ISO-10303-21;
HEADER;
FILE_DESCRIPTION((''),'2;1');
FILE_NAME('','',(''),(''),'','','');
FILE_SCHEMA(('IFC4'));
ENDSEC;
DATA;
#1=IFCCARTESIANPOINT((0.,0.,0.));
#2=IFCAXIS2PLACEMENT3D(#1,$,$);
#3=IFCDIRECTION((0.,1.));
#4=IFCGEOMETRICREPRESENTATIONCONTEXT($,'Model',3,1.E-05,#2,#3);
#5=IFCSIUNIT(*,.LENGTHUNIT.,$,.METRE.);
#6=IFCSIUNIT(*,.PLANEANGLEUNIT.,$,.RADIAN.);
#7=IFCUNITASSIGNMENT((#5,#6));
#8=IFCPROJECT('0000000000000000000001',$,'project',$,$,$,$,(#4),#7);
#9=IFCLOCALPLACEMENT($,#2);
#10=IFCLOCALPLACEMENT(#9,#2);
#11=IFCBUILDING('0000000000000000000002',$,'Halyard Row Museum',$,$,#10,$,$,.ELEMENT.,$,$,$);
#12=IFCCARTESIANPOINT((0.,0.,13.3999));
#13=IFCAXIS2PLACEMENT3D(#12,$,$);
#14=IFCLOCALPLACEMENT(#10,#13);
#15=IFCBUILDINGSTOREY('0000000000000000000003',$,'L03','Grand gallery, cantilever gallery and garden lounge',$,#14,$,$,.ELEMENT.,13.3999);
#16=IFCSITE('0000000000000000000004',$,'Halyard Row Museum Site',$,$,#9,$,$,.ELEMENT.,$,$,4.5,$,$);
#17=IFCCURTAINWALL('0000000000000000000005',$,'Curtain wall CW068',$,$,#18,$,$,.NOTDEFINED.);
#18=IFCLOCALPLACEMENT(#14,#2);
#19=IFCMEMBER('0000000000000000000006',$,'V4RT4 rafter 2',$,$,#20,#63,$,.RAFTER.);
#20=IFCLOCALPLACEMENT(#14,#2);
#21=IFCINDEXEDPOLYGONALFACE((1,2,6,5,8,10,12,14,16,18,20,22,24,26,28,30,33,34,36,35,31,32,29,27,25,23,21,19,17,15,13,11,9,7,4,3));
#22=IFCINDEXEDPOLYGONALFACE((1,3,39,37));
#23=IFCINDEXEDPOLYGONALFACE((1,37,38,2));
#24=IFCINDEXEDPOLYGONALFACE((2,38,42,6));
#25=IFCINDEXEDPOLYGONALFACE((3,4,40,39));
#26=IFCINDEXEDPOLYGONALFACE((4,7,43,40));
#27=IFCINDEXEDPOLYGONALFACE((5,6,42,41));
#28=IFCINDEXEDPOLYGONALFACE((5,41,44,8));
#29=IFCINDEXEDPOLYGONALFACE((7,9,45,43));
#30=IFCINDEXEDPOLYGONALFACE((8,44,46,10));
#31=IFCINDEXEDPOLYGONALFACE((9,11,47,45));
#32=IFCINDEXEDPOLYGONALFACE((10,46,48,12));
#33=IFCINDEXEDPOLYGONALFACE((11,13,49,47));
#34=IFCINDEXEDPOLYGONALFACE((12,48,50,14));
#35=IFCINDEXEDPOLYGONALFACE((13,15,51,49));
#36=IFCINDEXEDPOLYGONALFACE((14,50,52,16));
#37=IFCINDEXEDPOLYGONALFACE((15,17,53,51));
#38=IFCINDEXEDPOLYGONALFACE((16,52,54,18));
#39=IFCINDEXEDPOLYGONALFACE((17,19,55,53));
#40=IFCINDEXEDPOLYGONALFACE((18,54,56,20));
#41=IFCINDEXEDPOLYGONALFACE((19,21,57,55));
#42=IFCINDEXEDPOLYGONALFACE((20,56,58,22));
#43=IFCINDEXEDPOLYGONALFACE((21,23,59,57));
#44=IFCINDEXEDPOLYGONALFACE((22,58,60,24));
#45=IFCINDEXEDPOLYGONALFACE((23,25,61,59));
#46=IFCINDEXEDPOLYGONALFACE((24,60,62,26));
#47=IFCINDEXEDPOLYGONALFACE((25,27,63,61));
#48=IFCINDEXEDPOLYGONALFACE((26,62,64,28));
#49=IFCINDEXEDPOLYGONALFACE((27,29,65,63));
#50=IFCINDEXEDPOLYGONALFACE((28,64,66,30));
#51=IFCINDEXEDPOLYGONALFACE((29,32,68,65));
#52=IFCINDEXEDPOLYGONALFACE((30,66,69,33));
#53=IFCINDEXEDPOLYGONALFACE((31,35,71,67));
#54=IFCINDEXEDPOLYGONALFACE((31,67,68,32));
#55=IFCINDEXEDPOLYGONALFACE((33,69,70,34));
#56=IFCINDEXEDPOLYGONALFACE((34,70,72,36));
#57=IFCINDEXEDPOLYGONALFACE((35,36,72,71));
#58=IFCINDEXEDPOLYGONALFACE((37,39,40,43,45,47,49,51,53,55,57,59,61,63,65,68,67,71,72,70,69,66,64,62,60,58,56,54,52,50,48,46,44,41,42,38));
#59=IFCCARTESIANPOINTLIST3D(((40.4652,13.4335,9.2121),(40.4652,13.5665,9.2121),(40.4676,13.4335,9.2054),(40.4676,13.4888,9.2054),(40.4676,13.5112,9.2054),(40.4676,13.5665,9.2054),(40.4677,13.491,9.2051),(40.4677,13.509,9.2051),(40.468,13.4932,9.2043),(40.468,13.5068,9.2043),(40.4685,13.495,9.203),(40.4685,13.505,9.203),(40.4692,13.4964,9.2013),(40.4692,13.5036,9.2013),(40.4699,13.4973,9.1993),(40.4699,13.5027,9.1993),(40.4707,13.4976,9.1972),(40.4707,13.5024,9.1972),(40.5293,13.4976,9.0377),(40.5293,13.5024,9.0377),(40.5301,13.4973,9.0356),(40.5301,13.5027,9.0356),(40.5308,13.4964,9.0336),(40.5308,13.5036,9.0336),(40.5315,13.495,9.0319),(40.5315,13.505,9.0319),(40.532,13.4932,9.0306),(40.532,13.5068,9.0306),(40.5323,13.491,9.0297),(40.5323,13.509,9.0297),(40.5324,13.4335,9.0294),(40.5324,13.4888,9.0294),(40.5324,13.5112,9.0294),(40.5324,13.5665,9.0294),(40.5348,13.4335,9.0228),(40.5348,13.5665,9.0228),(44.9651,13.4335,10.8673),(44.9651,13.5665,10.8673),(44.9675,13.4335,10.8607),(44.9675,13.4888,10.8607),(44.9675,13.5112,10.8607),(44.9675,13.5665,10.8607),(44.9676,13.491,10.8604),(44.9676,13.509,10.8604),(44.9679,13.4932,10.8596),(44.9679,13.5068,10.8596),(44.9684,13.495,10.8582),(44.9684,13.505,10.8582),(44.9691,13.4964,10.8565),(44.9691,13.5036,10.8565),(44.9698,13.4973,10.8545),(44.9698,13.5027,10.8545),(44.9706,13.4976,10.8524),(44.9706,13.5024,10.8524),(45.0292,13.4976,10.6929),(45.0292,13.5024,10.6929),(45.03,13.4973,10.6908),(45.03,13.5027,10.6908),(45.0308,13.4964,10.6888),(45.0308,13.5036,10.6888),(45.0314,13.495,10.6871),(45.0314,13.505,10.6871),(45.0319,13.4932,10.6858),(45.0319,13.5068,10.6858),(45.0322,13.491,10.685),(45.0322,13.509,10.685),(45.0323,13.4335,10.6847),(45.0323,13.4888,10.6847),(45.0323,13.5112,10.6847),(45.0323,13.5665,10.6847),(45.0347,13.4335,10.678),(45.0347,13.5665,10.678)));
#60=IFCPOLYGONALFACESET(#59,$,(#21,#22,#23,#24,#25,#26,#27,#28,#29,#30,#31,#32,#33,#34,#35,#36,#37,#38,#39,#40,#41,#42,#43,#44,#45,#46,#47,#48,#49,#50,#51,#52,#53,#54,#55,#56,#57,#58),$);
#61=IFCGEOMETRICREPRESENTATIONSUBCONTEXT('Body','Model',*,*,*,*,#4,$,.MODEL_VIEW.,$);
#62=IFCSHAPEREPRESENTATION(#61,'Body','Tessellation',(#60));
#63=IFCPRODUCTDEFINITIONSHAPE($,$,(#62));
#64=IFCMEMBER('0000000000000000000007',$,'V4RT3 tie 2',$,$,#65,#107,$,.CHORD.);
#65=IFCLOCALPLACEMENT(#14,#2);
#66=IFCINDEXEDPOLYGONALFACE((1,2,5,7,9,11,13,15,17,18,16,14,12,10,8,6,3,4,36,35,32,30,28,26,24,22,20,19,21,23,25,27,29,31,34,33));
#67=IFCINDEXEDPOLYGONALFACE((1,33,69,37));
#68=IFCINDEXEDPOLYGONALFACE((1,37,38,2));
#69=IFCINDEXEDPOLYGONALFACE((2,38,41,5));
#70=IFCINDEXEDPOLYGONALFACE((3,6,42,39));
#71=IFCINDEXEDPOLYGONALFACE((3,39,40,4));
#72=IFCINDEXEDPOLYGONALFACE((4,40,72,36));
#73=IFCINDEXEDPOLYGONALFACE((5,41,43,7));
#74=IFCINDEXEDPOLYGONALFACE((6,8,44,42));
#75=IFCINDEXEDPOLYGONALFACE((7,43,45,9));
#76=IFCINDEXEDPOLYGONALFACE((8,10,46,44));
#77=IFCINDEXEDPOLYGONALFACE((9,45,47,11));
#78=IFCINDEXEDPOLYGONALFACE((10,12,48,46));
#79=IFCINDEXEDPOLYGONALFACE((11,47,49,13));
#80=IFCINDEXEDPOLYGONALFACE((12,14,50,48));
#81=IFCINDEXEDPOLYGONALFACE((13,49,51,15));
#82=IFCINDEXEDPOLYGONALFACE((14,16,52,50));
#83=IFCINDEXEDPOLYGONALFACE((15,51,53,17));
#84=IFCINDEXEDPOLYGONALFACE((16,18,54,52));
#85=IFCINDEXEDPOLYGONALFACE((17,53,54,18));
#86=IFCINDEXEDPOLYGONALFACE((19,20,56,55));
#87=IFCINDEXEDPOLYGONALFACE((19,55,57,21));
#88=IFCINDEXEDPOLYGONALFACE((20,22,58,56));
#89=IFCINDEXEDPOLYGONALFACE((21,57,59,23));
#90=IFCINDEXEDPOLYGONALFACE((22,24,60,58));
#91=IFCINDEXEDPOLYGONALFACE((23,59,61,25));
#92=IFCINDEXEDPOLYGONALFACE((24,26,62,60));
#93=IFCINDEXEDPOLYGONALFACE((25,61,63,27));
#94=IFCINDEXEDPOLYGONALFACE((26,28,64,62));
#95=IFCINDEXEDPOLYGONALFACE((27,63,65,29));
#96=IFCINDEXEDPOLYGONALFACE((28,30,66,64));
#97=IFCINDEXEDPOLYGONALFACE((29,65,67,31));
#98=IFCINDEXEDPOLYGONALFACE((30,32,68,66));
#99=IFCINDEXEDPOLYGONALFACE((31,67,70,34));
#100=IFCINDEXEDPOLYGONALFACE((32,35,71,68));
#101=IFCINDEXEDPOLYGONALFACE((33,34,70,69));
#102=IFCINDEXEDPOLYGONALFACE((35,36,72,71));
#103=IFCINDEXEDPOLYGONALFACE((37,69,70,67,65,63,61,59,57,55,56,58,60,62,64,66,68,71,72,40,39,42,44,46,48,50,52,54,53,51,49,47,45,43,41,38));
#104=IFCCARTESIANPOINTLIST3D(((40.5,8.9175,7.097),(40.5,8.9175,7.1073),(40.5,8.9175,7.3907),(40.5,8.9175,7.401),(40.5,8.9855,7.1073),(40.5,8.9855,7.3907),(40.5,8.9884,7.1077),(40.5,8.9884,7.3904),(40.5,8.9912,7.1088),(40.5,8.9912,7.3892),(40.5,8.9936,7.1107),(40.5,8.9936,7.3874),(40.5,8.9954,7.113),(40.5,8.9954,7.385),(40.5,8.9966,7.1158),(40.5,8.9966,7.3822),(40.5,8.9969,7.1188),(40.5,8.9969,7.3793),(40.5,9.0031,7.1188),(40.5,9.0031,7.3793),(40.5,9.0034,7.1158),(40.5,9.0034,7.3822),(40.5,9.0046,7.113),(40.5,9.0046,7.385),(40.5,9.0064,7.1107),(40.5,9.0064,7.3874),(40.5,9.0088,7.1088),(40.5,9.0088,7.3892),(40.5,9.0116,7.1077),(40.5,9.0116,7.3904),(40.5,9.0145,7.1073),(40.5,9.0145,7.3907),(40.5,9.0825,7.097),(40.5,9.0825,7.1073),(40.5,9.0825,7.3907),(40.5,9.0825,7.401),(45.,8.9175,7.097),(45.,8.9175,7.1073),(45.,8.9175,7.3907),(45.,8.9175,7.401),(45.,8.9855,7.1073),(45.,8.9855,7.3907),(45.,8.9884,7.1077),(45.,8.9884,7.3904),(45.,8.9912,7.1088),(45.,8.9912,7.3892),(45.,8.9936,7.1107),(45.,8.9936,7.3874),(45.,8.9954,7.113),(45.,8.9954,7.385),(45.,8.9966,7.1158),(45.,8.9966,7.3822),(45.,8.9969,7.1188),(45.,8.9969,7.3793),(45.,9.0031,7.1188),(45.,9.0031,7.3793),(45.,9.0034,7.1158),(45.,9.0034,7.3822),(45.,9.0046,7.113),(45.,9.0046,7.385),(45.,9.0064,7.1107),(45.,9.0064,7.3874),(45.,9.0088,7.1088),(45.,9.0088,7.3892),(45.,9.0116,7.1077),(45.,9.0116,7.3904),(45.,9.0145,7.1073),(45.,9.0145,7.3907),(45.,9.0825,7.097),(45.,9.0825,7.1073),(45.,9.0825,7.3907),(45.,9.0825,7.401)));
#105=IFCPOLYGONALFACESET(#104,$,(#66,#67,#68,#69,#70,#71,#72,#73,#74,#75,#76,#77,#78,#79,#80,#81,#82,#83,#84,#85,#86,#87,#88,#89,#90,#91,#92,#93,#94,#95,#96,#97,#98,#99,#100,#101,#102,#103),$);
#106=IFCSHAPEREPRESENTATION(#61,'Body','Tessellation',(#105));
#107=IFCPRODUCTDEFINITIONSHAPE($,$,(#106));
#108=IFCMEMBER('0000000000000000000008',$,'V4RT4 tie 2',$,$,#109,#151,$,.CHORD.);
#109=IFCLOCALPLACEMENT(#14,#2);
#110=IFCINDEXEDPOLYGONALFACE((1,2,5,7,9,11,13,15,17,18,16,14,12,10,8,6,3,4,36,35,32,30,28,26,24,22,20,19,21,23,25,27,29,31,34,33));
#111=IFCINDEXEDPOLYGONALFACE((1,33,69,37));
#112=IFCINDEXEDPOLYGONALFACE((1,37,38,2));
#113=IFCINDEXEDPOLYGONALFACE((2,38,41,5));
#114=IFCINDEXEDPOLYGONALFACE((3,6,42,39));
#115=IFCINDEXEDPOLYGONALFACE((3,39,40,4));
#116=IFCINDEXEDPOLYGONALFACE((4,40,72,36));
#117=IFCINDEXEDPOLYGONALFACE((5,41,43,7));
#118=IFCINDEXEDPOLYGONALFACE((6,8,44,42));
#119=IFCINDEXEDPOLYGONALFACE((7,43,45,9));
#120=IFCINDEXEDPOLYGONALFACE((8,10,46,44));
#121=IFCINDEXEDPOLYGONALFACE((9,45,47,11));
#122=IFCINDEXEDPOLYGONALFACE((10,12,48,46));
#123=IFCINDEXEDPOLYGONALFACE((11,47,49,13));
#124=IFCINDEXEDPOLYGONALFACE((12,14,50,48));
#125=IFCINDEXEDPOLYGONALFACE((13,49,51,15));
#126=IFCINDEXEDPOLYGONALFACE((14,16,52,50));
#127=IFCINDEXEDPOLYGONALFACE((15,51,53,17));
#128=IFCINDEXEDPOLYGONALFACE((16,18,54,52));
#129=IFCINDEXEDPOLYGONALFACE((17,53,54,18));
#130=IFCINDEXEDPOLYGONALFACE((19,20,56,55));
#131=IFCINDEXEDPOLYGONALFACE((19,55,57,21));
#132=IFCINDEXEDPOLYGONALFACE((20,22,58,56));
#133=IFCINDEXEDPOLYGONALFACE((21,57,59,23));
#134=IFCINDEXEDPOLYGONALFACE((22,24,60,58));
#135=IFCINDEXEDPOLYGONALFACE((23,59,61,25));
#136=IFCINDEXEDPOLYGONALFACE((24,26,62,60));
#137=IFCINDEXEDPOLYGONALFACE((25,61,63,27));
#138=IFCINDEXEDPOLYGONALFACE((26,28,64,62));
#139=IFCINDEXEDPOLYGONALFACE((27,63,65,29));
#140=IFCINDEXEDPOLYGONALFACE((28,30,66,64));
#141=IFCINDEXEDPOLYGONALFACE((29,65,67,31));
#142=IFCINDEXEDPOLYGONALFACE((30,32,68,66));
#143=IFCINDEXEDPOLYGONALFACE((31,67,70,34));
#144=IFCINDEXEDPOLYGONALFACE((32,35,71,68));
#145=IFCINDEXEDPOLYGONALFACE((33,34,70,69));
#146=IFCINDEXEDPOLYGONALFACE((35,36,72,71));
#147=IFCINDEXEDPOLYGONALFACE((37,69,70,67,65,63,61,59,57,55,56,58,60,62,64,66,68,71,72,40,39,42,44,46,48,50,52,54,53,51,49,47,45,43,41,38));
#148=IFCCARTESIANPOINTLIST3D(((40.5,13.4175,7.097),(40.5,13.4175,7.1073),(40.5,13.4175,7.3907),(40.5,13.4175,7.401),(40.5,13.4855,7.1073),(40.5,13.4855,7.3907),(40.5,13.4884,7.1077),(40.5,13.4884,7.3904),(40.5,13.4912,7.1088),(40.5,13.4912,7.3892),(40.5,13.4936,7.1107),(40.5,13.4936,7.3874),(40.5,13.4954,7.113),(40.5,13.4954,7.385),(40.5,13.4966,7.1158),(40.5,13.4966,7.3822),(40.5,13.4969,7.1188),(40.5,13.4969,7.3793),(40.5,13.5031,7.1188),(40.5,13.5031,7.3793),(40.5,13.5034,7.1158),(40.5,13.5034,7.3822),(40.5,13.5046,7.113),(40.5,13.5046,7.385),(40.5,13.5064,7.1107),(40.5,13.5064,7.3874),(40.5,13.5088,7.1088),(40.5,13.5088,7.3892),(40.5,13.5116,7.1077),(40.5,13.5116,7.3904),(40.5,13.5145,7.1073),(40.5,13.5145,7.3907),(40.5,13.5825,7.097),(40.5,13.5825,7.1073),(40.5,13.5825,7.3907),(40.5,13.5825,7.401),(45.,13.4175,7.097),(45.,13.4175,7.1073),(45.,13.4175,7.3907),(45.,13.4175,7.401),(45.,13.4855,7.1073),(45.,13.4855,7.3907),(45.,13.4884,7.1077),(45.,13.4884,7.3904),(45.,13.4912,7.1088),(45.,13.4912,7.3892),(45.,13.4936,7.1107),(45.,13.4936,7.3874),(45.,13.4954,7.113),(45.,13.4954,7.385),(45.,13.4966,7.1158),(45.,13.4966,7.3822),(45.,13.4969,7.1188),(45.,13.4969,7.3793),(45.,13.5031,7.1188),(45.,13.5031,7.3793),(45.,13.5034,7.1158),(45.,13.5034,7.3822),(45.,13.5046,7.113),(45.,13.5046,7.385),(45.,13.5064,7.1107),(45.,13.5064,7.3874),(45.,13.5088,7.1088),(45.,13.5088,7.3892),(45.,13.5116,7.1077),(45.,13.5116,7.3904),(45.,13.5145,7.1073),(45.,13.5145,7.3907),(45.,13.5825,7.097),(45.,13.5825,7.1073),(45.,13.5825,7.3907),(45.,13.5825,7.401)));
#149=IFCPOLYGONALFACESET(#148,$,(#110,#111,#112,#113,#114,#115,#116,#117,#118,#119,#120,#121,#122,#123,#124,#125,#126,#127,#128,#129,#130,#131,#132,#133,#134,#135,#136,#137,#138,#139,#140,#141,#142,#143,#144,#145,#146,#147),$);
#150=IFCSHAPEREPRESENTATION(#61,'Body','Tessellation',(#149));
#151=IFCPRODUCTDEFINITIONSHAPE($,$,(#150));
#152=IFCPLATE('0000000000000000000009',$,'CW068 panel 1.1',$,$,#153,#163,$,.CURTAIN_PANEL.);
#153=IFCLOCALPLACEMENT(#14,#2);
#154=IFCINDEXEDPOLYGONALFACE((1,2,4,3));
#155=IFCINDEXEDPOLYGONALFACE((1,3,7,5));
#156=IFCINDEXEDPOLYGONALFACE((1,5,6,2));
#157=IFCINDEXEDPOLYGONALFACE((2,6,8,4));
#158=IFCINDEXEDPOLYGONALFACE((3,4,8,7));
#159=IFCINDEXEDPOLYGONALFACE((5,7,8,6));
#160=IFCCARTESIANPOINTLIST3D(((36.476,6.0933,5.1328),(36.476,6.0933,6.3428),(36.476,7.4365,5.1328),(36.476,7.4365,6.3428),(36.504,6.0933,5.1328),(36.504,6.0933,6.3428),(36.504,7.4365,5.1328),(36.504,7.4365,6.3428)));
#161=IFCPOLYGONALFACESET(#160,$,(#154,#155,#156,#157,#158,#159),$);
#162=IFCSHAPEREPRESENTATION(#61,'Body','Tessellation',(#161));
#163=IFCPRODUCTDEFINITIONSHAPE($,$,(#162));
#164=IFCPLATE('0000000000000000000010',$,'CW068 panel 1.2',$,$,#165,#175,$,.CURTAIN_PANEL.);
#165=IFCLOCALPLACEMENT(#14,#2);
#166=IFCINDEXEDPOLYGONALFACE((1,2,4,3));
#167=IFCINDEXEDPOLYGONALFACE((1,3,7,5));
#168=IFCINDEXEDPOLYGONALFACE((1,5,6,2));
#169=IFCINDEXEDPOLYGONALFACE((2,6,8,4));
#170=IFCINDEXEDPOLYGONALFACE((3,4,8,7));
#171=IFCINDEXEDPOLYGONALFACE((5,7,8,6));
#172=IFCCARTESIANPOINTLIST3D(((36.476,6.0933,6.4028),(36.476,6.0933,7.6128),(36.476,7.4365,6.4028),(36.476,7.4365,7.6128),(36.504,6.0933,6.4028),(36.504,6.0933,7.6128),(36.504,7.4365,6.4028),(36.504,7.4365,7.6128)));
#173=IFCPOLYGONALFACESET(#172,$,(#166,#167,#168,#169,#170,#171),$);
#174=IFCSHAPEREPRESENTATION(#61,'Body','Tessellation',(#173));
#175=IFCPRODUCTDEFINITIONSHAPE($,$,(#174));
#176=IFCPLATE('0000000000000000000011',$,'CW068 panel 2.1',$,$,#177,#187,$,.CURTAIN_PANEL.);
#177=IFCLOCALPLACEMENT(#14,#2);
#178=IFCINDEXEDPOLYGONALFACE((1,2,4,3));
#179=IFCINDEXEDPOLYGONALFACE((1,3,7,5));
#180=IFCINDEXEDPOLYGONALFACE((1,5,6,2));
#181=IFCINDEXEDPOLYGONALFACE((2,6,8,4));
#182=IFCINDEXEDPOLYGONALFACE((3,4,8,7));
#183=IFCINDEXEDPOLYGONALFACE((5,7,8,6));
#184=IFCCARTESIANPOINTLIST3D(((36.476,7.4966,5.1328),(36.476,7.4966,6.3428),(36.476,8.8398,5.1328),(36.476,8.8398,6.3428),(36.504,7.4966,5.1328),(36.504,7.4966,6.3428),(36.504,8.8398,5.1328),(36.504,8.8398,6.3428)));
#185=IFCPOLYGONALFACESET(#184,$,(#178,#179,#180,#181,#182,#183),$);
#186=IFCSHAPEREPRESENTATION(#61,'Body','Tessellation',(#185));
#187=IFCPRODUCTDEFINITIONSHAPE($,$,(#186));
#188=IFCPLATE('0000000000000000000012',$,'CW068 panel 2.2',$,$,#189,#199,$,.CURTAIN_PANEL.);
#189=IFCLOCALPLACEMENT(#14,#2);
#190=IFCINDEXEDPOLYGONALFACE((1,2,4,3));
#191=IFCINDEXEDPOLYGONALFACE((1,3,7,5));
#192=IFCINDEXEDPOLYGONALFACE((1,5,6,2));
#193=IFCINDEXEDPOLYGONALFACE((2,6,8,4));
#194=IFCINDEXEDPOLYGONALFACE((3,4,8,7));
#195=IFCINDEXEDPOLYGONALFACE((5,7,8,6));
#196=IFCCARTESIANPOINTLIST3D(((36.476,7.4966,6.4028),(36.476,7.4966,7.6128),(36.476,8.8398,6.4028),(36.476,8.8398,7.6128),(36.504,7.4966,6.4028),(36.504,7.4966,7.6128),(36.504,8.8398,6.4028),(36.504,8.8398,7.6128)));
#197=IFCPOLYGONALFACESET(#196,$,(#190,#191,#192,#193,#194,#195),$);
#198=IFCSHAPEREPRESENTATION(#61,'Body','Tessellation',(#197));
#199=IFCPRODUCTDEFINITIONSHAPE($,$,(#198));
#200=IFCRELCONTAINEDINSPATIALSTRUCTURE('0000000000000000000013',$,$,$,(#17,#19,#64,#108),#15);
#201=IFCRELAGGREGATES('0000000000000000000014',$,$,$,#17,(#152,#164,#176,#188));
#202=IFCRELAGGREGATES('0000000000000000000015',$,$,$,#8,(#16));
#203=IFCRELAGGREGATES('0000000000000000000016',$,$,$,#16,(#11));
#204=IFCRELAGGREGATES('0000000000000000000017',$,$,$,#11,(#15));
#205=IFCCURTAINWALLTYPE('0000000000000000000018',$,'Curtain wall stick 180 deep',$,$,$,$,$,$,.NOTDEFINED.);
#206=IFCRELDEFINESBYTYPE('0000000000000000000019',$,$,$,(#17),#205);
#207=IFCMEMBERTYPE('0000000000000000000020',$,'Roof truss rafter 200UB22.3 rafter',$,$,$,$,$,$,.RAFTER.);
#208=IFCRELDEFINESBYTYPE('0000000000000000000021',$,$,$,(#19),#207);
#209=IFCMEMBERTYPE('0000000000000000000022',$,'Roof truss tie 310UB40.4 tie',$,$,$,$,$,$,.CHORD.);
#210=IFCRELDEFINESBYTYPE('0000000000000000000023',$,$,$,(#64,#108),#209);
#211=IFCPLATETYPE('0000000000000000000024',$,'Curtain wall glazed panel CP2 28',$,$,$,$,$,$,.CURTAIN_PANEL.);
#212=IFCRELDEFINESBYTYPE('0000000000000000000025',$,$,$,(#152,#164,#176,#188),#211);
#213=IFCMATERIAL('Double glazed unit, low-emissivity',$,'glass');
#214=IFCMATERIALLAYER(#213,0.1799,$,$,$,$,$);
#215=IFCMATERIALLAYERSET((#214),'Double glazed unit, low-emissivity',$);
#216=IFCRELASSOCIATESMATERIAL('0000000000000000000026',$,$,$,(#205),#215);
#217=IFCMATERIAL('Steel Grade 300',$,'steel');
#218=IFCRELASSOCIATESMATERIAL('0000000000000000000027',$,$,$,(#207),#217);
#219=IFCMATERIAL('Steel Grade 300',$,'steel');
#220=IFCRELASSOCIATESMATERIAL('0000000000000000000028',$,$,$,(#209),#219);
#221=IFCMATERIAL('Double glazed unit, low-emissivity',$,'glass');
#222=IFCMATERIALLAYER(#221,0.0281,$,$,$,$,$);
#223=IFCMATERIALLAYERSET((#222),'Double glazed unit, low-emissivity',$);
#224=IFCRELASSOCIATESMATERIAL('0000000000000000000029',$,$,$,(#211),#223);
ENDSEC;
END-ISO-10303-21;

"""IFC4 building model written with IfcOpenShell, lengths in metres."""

from ifc_helpers import new_model, si_unit, direction, frame, origin, origin_2d, place, context, subcontext, project, spatial, rectangle, i_section, extrude, material, layer, layer_set, material_profile, profile_set, type_object, element, aggregate, save


model = new_model("IFC4")

# Units and contexts
model_context = context("Model", 3, precision=1e-05, world=origin(), true_north=direction((0.0, 1.0)))
body_context = subcontext(model_context, "Body", "Model", "MODEL_VIEW")
ifc_project = project(units=[si_unit("LENGTHUNIT", "METRE"), si_unit("PLANEANGLEUNIT", "RADIAN")], contexts=[model_context])

# Site, building, storey
site_placement = place(None, origin())
site = spatial("IfcSite", under=ifc_project, at=site_placement, Name="Halyard Row Museum Site", CompositionType="ELEMENT", RefElevation=4.5)
building_placement = place(site_placement, origin())
building = spatial("IfcBuilding", under=site, at=building_placement, Name="Halyard Row Museum", CompositionType="ELEMENT")
storey_placement = place(building_placement, frame((0.0, 0.0, 13.3999)))
storey = spatial("IfcBuildingStorey", under=building, at=storey_placement, Name="L03", Description="Grand gallery, cantilever gallery and garden lounge", CompositionType="ELEMENT", Elevation=13.3999)

# Curtain wall
ifc_material_1 = material(Name="Double glazed unit, low-emissivity", Category="glass")
ifc_layer_1 = layer(ifc_material_1, 0.1799)
ifc_layer_set_1 = layer_set([ifc_layer_1], Name="Double glazed unit, low-emissivity")
curtain_wall_type = type_object("IfcCurtainWallType", Name="Curtain wall stick 180 deep", PredefinedType="NOTDEFINED", material=ifc_layer_set_1)
curtain_wall_1_placement = place(storey_placement, origin())
curtain_wall_1 = element("IfcCurtainWall", 1, at=curtain_wall_1_placement, inside=storey, type_object=curtain_wall_type, Name="Curtain wall CW068", PredefinedType="NOTDEFINED")

# Members
ifc_material_2 = material(Name="Steel Grade 300", Category="steel")
ifc_material_profile_1 = material_profile(ifc_material_2, i_section(OverallWidth=0.1331, OverallDepth=0.2017, WebThickness=0.0049, FlangeThickness=0.0071, FilletRadius=0.0088, at=origin_2d()), Name="200UB22.3")
ifc_profile_set_1 = profile_set([ifc_material_profile_1], Name="Steel Grade 300")
member_type_1 = type_object("IfcMemberType", Name="Roof truss rafter 200UB22.3 rafter", PredefinedType="RAFTER", material=ifc_profile_set_1)
for number, where, z_axis, x_axis, name in (
    (2, (40.5, 13.5, 9.1174), (0.93852, 0.0, 0.345224), (0.0, 1.0, 0.0), "V4RT4 rafter 2"),
):
    element("IfcMember", number, at=place(storey_placement, frame(where, z_axis=z_axis, x_axis=x_axis)), inside=storey, type_object=member_type_1, Name=name, PredefinedType="RAFTER", context=body_context, shape_type="SweptSolid", body=[
        extrude(i_section(OverallWidth=0.1331, OverallDepth=0.2017, WebThickness=0.0049, FlangeThickness=0.0071, FilletRadius=0.0088, at=origin_2d()), origin(), (0.0, 0.0, 1.0), 4.7947),
    ])
ifc_material_3 = material(Name="Steel Grade 300", Category="steel")
ifc_material_profile_2 = material_profile(ifc_material_3, i_section(OverallWidth=0.165, OverallDepth=0.304, WebThickness=0.0061, FlangeThickness=0.0103, FilletRadius=0.0115, at=origin_2d()), Name="310UB40.4")
ifc_profile_set_2 = profile_set([ifc_material_profile_2], Name="Steel Grade 300")
member_type_2 = type_object("IfcMemberType", Name="Roof truss tie 310UB40.4 tie", PredefinedType="CHORD", material=ifc_profile_set_2)
for number, where, z_axis, x_axis, name in (
    (3, (40.5, 9.0, 7.249), (1.0, 0.0, 0.0), (0.0, 1.0, 0.0), "V4RT3 tie 2"),
    (4, (40.5, 13.5, 7.249), (1.0, 0.0, 0.0), (0.0, 1.0, 0.0), "V4RT4 tie 2"),
):
    element("IfcMember", number, at=place(storey_placement, frame(where, z_axis=z_axis, x_axis=x_axis)), inside=storey, type_object=member_type_2, Name=name, PredefinedType="CHORD", context=body_context, shape_type="SweptSolid", body=[
        extrude(i_section(OverallWidth=0.165, OverallDepth=0.304, WebThickness=0.0061, FlangeThickness=0.0103, FilletRadius=0.0115, at=origin_2d()), origin(), (0.0, 0.0, 1.0), 4.5),
    ])

# Plates
ifc_material_4 = material(Name="Double glazed unit, low-emissivity", Category="glass")
ifc_layer_2 = layer(ifc_material_4, 0.0281)
ifc_layer_set_2 = layer_set([ifc_layer_2], Name="Double glazed unit, low-emissivity")
plate_type = type_object("IfcPlateType", Name="Curtain wall glazed panel CP2 28", PredefinedType="CURTAIN_PANEL", material=ifc_layer_set_2)
plate_1_placement = place(storey_placement, frame((36.49, 6.7649, 5.1328), z_axis=(0.0, 0.0, 1.0), x_axis=(0.0, 1.0, 0.0)))
plate_1 = element("IfcPlate", 5, at=plate_1_placement, type_object=plate_type, Name="CW068 panel 1.1", PredefinedType="CURTAIN_PANEL", context=body_context, shape_type="SweptSolid", body=[
    extrude(rectangle(XDim=1.3433, YDim=0.0281, at=origin_2d()), origin(), (0.0, 0.0, 1.0), 1.21),
])
plate_2_placement = place(storey_placement, frame((36.49, 6.7649, 6.4028), z_axis=(0.0, 0.0, 1.0), x_axis=(0.0, 1.0, 0.0)))
plate_2 = element("IfcPlate", 6, at=plate_2_placement, type_object=plate_type, Name="CW068 panel 1.2", PredefinedType="CURTAIN_PANEL", context=body_context, shape_type="SweptSolid", body=[
    extrude(rectangle(XDim=1.3433, YDim=0.0281, at=origin_2d()), origin(), (0.0, 0.0, 1.0), 1.21),
])
plate_3_placement = place(storey_placement, frame((36.49, 8.1682, 5.1328), z_axis=(0.0, 0.0, 1.0), x_axis=(0.0, 1.0, 0.0)))
plate_3 = element("IfcPlate", 7, at=plate_3_placement, type_object=plate_type, Name="CW068 panel 2.1", PredefinedType="CURTAIN_PANEL", context=body_context, shape_type="SweptSolid", body=[
    extrude(rectangle(XDim=1.3433, YDim=0.0281, at=origin_2d()), origin(), (0.0, 0.0, 1.0), 1.21),
])
plate_4_placement = place(storey_placement, frame((36.49, 8.1682, 6.4028), z_axis=(0.0, 0.0, 1.0), x_axis=(0.0, 1.0, 0.0)))
plate_4 = element("IfcPlate", 8, at=plate_4_placement, type_object=plate_type, Name="CW068 panel 2.2", PredefinedType="CURTAIN_PANEL", context=body_context, shape_type="SweptSolid", body=[
    extrude(rectangle(XDim=1.3433, YDim=0.0281, at=origin_2d()), origin(), (0.0, 0.0, 1.0), 1.21),
])
aggregate(curtain_wall_1, [plate_1, plate_2, plate_3, plate_4])

save(model, "model.ifc")
